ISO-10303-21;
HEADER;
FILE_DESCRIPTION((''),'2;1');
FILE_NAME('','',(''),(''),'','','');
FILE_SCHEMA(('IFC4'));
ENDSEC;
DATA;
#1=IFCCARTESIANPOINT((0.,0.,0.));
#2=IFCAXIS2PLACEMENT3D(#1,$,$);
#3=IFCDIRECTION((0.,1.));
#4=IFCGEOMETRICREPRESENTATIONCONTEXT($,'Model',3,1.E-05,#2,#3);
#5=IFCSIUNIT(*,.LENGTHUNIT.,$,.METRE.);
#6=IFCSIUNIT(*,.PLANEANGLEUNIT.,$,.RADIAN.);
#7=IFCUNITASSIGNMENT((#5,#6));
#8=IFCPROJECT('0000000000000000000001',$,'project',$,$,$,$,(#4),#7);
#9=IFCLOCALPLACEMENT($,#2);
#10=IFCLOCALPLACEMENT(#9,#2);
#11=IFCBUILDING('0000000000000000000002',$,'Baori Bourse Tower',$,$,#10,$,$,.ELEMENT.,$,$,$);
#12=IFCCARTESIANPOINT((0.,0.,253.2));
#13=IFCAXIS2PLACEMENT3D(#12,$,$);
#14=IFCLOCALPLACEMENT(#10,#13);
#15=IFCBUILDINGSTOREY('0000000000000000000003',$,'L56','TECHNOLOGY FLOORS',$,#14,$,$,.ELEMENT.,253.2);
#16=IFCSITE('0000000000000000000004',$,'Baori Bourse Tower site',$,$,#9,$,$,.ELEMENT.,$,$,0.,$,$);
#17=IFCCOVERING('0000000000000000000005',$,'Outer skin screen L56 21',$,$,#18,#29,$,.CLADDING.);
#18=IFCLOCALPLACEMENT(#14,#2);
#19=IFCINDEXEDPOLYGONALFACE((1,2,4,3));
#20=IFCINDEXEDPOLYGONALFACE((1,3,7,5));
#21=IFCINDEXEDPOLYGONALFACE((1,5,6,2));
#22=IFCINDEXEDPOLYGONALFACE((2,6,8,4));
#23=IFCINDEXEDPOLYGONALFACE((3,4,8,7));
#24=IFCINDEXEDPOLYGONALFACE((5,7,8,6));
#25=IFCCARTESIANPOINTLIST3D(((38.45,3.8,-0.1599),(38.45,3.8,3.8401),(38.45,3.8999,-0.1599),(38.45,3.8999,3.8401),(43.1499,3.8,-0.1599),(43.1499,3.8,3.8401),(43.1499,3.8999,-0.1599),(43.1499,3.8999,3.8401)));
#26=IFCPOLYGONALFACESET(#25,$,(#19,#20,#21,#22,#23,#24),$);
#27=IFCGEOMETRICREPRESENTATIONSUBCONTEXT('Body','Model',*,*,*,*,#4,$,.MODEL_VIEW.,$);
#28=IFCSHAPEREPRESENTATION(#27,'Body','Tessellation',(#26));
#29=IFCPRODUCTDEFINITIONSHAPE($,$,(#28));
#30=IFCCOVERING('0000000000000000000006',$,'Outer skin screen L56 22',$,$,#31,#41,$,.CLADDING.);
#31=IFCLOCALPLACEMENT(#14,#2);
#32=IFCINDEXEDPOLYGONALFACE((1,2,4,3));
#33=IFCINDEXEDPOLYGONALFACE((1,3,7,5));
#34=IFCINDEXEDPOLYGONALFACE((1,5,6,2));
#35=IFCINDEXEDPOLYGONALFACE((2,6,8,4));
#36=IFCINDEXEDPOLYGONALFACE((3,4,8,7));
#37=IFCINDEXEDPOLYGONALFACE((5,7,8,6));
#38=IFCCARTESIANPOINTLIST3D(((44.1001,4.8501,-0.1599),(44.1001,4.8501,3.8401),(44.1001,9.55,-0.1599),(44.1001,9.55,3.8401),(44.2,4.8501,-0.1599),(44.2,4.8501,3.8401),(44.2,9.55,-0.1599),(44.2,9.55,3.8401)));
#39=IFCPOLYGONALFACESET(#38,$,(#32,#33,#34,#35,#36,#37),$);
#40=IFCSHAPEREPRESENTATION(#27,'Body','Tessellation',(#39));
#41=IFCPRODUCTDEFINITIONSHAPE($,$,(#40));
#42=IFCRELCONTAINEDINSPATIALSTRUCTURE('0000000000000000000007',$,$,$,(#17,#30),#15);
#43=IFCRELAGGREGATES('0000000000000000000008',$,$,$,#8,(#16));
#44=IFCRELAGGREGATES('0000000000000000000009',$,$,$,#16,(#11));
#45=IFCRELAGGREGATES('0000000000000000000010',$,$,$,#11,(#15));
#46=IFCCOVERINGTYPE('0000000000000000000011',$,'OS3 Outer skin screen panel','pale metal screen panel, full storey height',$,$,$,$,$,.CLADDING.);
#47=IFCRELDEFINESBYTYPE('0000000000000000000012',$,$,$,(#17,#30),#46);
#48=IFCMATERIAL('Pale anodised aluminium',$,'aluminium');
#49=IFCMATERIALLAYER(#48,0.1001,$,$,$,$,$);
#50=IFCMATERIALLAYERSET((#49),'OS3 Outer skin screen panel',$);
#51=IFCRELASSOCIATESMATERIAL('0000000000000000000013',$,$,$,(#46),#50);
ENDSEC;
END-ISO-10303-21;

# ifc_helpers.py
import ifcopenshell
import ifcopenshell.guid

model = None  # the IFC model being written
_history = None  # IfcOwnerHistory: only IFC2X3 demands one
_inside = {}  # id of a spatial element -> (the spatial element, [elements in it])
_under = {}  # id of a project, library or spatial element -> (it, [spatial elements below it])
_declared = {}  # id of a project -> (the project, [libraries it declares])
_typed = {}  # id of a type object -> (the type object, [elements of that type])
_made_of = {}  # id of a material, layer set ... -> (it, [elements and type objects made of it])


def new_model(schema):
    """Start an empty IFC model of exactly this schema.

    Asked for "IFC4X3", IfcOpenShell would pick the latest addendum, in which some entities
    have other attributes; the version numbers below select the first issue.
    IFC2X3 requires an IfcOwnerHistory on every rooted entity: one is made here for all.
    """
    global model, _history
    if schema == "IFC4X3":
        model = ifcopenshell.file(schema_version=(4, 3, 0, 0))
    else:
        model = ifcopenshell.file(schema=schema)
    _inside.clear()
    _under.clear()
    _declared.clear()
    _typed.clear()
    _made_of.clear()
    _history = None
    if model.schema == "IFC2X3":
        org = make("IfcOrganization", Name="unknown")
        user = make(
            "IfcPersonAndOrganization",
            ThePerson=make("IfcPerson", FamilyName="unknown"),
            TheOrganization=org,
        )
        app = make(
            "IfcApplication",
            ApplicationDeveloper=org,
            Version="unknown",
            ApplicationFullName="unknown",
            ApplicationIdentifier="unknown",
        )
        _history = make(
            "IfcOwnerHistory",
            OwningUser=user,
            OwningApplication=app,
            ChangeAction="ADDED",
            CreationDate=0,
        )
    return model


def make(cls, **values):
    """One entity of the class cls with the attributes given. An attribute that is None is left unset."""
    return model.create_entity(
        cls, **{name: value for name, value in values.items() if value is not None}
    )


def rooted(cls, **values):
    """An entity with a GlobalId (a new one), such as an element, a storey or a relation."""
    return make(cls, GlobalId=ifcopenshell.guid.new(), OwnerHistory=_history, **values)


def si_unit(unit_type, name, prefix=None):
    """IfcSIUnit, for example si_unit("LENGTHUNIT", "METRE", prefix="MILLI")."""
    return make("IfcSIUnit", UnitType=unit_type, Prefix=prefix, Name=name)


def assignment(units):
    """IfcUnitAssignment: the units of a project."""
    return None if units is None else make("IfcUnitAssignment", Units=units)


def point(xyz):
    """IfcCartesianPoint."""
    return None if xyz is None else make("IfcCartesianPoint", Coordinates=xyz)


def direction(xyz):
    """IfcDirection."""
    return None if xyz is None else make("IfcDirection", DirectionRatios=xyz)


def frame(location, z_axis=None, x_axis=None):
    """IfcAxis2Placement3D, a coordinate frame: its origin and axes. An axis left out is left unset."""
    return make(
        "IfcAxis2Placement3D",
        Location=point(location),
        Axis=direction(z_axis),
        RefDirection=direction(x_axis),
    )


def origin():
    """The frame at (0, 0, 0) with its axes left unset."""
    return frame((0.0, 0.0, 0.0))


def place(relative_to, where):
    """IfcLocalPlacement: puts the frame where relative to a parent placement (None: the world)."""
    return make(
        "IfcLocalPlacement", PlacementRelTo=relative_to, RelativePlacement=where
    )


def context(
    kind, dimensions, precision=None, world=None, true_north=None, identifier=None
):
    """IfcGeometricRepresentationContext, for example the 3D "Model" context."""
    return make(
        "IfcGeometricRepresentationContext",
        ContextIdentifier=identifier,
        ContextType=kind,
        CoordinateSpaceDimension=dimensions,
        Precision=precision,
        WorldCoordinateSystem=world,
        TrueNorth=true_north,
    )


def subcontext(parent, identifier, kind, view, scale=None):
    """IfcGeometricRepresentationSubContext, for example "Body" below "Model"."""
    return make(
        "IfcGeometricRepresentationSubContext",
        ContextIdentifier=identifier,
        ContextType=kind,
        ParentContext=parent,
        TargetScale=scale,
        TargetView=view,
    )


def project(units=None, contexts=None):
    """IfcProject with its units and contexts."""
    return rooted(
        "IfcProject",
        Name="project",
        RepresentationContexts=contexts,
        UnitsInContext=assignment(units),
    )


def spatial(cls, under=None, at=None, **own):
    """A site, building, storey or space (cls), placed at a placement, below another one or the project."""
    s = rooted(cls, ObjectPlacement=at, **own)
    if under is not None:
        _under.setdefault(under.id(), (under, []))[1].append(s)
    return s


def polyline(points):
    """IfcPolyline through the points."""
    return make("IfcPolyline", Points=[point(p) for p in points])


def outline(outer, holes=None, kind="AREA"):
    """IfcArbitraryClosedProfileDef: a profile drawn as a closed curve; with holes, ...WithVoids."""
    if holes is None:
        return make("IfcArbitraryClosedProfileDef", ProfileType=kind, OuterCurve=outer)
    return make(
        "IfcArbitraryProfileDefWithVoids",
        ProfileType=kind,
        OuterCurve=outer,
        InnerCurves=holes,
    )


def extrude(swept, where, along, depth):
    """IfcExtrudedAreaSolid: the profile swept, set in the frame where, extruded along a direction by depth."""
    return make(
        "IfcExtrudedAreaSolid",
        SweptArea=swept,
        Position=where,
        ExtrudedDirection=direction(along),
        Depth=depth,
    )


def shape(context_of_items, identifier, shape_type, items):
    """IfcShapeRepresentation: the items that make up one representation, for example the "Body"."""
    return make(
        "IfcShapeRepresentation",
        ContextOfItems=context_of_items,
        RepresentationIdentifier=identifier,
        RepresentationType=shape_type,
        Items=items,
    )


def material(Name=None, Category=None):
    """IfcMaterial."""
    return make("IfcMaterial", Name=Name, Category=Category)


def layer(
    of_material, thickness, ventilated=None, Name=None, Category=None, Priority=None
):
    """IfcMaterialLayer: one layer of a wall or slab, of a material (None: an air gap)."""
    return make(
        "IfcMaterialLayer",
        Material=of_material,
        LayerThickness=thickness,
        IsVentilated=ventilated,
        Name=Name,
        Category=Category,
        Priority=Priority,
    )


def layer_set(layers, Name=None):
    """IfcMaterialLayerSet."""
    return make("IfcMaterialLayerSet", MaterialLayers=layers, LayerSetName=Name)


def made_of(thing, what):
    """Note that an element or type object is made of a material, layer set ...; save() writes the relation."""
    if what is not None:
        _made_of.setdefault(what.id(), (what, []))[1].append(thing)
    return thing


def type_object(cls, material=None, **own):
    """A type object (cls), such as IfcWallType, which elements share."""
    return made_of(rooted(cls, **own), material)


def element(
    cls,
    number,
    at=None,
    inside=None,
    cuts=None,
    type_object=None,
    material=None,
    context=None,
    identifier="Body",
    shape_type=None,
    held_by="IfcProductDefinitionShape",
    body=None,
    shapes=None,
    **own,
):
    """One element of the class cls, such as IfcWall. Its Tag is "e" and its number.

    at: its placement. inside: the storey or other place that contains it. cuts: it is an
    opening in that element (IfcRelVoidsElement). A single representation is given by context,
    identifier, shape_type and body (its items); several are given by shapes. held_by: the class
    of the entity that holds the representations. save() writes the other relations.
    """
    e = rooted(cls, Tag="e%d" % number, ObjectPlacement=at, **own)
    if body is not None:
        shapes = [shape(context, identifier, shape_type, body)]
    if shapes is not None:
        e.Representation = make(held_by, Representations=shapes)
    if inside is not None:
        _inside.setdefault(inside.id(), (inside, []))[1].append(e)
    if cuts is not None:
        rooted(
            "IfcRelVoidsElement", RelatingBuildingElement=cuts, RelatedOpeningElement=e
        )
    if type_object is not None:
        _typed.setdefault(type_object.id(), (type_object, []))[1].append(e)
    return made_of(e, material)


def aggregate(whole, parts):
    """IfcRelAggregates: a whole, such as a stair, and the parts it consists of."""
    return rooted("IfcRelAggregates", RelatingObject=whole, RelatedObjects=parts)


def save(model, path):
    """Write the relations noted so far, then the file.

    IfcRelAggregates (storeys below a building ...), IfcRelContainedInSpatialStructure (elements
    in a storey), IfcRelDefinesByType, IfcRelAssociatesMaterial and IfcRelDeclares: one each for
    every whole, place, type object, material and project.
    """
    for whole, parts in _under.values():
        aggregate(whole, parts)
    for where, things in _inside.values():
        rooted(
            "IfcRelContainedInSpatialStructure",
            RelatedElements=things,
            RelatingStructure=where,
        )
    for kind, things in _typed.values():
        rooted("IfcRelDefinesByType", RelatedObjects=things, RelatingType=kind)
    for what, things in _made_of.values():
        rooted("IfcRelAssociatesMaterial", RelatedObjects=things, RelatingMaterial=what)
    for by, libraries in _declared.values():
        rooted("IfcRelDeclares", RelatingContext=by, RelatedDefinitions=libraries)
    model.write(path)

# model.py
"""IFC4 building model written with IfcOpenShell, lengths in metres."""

from ifc_helpers import new_model, si_unit, direction, frame, origin, place, context, subcontext, project, spatial, polyline, outline, extrude, material, layer, layer_set, type_object, element, save


model = new_model("IFC4")

# Units and contexts
model_context = context("Model", 3, precision=1e-05, world=origin(), true_north=direction((0.0, 1.0)))
body_context = subcontext(model_context, "Body", "Model", "MODEL_VIEW")
ifc_project = project(units=[si_unit("LENGTHUNIT", "METRE"), si_unit("PLANEANGLEUNIT", "RADIAN")], contexts=[model_context])

# Site, building, storey
site_placement = place(None, origin())
site = spatial("IfcSite", under=ifc_project, at=site_placement, Name="Baori Bourse Tower site", CompositionType="ELEMENT", RefElevation=0.0)
building_placement = place(site_placement, origin())
building = spatial("IfcBuilding", under=site, at=building_placement, Name="Baori Bourse Tower", CompositionType="ELEMENT")
storey_placement = place(building_placement, frame((0.0, 0.0, 253.2)))
storey = spatial("IfcBuildingStorey", under=building, at=storey_placement, Name="L56", Description="TECHNOLOGY FLOORS", CompositionType="ELEMENT", Elevation=253.2)

# Coverings
ifc_material_1 = material(Name="Pale anodised aluminium", Category="aluminium")
ifc_layer_1 = layer(ifc_material_1, 0.1001)
ifc_layer_set_1 = layer_set([ifc_layer_1], Name="OS3 Outer skin screen panel")
covering_type = type_object("IfcCoveringType", Name="OS3 Outer skin screen panel", Description="pale metal screen panel, full storey height", PredefinedType="CLADDING", material=ifc_layer_set_1)
covering_1_placement = place(storey_placement, frame((0.0, 0.0, -0.1599)))
element("IfcCovering", 1, at=covering_1_placement, inside=storey, type_object=covering_type, Name="Outer skin screen L56 21", PredefinedType="CLADDING", context=body_context, shape_type="SweptSolid", body=[
    extrude(outline(polyline([(43.1499, 3.8999), (38.45, 3.8999), (38.45, 3.8), (43.1499, 3.8), (43.1499, 3.8999)])), origin(), (0.0, 0.0, 1.0), 4.0),
])
covering_2_placement = place(storey_placement, frame((0.0, 0.0, -0.1599)))
element("IfcCovering", 2, at=covering_2_placement, inside=storey, type_object=covering_type, Name="Outer skin screen L56 22", PredefinedType="CLADDING", context=body_context, shape_type="SweptSolid", body=[
    extrude(outline(polyline([(44.1001, 9.55), (44.1001, 4.8501), (44.2, 4.8501), (44.2, 9.55), (44.1001, 9.55)])), origin(), (0.0, 0.0, 1.0), 4.0),
])

save(model, "model.ifc")
